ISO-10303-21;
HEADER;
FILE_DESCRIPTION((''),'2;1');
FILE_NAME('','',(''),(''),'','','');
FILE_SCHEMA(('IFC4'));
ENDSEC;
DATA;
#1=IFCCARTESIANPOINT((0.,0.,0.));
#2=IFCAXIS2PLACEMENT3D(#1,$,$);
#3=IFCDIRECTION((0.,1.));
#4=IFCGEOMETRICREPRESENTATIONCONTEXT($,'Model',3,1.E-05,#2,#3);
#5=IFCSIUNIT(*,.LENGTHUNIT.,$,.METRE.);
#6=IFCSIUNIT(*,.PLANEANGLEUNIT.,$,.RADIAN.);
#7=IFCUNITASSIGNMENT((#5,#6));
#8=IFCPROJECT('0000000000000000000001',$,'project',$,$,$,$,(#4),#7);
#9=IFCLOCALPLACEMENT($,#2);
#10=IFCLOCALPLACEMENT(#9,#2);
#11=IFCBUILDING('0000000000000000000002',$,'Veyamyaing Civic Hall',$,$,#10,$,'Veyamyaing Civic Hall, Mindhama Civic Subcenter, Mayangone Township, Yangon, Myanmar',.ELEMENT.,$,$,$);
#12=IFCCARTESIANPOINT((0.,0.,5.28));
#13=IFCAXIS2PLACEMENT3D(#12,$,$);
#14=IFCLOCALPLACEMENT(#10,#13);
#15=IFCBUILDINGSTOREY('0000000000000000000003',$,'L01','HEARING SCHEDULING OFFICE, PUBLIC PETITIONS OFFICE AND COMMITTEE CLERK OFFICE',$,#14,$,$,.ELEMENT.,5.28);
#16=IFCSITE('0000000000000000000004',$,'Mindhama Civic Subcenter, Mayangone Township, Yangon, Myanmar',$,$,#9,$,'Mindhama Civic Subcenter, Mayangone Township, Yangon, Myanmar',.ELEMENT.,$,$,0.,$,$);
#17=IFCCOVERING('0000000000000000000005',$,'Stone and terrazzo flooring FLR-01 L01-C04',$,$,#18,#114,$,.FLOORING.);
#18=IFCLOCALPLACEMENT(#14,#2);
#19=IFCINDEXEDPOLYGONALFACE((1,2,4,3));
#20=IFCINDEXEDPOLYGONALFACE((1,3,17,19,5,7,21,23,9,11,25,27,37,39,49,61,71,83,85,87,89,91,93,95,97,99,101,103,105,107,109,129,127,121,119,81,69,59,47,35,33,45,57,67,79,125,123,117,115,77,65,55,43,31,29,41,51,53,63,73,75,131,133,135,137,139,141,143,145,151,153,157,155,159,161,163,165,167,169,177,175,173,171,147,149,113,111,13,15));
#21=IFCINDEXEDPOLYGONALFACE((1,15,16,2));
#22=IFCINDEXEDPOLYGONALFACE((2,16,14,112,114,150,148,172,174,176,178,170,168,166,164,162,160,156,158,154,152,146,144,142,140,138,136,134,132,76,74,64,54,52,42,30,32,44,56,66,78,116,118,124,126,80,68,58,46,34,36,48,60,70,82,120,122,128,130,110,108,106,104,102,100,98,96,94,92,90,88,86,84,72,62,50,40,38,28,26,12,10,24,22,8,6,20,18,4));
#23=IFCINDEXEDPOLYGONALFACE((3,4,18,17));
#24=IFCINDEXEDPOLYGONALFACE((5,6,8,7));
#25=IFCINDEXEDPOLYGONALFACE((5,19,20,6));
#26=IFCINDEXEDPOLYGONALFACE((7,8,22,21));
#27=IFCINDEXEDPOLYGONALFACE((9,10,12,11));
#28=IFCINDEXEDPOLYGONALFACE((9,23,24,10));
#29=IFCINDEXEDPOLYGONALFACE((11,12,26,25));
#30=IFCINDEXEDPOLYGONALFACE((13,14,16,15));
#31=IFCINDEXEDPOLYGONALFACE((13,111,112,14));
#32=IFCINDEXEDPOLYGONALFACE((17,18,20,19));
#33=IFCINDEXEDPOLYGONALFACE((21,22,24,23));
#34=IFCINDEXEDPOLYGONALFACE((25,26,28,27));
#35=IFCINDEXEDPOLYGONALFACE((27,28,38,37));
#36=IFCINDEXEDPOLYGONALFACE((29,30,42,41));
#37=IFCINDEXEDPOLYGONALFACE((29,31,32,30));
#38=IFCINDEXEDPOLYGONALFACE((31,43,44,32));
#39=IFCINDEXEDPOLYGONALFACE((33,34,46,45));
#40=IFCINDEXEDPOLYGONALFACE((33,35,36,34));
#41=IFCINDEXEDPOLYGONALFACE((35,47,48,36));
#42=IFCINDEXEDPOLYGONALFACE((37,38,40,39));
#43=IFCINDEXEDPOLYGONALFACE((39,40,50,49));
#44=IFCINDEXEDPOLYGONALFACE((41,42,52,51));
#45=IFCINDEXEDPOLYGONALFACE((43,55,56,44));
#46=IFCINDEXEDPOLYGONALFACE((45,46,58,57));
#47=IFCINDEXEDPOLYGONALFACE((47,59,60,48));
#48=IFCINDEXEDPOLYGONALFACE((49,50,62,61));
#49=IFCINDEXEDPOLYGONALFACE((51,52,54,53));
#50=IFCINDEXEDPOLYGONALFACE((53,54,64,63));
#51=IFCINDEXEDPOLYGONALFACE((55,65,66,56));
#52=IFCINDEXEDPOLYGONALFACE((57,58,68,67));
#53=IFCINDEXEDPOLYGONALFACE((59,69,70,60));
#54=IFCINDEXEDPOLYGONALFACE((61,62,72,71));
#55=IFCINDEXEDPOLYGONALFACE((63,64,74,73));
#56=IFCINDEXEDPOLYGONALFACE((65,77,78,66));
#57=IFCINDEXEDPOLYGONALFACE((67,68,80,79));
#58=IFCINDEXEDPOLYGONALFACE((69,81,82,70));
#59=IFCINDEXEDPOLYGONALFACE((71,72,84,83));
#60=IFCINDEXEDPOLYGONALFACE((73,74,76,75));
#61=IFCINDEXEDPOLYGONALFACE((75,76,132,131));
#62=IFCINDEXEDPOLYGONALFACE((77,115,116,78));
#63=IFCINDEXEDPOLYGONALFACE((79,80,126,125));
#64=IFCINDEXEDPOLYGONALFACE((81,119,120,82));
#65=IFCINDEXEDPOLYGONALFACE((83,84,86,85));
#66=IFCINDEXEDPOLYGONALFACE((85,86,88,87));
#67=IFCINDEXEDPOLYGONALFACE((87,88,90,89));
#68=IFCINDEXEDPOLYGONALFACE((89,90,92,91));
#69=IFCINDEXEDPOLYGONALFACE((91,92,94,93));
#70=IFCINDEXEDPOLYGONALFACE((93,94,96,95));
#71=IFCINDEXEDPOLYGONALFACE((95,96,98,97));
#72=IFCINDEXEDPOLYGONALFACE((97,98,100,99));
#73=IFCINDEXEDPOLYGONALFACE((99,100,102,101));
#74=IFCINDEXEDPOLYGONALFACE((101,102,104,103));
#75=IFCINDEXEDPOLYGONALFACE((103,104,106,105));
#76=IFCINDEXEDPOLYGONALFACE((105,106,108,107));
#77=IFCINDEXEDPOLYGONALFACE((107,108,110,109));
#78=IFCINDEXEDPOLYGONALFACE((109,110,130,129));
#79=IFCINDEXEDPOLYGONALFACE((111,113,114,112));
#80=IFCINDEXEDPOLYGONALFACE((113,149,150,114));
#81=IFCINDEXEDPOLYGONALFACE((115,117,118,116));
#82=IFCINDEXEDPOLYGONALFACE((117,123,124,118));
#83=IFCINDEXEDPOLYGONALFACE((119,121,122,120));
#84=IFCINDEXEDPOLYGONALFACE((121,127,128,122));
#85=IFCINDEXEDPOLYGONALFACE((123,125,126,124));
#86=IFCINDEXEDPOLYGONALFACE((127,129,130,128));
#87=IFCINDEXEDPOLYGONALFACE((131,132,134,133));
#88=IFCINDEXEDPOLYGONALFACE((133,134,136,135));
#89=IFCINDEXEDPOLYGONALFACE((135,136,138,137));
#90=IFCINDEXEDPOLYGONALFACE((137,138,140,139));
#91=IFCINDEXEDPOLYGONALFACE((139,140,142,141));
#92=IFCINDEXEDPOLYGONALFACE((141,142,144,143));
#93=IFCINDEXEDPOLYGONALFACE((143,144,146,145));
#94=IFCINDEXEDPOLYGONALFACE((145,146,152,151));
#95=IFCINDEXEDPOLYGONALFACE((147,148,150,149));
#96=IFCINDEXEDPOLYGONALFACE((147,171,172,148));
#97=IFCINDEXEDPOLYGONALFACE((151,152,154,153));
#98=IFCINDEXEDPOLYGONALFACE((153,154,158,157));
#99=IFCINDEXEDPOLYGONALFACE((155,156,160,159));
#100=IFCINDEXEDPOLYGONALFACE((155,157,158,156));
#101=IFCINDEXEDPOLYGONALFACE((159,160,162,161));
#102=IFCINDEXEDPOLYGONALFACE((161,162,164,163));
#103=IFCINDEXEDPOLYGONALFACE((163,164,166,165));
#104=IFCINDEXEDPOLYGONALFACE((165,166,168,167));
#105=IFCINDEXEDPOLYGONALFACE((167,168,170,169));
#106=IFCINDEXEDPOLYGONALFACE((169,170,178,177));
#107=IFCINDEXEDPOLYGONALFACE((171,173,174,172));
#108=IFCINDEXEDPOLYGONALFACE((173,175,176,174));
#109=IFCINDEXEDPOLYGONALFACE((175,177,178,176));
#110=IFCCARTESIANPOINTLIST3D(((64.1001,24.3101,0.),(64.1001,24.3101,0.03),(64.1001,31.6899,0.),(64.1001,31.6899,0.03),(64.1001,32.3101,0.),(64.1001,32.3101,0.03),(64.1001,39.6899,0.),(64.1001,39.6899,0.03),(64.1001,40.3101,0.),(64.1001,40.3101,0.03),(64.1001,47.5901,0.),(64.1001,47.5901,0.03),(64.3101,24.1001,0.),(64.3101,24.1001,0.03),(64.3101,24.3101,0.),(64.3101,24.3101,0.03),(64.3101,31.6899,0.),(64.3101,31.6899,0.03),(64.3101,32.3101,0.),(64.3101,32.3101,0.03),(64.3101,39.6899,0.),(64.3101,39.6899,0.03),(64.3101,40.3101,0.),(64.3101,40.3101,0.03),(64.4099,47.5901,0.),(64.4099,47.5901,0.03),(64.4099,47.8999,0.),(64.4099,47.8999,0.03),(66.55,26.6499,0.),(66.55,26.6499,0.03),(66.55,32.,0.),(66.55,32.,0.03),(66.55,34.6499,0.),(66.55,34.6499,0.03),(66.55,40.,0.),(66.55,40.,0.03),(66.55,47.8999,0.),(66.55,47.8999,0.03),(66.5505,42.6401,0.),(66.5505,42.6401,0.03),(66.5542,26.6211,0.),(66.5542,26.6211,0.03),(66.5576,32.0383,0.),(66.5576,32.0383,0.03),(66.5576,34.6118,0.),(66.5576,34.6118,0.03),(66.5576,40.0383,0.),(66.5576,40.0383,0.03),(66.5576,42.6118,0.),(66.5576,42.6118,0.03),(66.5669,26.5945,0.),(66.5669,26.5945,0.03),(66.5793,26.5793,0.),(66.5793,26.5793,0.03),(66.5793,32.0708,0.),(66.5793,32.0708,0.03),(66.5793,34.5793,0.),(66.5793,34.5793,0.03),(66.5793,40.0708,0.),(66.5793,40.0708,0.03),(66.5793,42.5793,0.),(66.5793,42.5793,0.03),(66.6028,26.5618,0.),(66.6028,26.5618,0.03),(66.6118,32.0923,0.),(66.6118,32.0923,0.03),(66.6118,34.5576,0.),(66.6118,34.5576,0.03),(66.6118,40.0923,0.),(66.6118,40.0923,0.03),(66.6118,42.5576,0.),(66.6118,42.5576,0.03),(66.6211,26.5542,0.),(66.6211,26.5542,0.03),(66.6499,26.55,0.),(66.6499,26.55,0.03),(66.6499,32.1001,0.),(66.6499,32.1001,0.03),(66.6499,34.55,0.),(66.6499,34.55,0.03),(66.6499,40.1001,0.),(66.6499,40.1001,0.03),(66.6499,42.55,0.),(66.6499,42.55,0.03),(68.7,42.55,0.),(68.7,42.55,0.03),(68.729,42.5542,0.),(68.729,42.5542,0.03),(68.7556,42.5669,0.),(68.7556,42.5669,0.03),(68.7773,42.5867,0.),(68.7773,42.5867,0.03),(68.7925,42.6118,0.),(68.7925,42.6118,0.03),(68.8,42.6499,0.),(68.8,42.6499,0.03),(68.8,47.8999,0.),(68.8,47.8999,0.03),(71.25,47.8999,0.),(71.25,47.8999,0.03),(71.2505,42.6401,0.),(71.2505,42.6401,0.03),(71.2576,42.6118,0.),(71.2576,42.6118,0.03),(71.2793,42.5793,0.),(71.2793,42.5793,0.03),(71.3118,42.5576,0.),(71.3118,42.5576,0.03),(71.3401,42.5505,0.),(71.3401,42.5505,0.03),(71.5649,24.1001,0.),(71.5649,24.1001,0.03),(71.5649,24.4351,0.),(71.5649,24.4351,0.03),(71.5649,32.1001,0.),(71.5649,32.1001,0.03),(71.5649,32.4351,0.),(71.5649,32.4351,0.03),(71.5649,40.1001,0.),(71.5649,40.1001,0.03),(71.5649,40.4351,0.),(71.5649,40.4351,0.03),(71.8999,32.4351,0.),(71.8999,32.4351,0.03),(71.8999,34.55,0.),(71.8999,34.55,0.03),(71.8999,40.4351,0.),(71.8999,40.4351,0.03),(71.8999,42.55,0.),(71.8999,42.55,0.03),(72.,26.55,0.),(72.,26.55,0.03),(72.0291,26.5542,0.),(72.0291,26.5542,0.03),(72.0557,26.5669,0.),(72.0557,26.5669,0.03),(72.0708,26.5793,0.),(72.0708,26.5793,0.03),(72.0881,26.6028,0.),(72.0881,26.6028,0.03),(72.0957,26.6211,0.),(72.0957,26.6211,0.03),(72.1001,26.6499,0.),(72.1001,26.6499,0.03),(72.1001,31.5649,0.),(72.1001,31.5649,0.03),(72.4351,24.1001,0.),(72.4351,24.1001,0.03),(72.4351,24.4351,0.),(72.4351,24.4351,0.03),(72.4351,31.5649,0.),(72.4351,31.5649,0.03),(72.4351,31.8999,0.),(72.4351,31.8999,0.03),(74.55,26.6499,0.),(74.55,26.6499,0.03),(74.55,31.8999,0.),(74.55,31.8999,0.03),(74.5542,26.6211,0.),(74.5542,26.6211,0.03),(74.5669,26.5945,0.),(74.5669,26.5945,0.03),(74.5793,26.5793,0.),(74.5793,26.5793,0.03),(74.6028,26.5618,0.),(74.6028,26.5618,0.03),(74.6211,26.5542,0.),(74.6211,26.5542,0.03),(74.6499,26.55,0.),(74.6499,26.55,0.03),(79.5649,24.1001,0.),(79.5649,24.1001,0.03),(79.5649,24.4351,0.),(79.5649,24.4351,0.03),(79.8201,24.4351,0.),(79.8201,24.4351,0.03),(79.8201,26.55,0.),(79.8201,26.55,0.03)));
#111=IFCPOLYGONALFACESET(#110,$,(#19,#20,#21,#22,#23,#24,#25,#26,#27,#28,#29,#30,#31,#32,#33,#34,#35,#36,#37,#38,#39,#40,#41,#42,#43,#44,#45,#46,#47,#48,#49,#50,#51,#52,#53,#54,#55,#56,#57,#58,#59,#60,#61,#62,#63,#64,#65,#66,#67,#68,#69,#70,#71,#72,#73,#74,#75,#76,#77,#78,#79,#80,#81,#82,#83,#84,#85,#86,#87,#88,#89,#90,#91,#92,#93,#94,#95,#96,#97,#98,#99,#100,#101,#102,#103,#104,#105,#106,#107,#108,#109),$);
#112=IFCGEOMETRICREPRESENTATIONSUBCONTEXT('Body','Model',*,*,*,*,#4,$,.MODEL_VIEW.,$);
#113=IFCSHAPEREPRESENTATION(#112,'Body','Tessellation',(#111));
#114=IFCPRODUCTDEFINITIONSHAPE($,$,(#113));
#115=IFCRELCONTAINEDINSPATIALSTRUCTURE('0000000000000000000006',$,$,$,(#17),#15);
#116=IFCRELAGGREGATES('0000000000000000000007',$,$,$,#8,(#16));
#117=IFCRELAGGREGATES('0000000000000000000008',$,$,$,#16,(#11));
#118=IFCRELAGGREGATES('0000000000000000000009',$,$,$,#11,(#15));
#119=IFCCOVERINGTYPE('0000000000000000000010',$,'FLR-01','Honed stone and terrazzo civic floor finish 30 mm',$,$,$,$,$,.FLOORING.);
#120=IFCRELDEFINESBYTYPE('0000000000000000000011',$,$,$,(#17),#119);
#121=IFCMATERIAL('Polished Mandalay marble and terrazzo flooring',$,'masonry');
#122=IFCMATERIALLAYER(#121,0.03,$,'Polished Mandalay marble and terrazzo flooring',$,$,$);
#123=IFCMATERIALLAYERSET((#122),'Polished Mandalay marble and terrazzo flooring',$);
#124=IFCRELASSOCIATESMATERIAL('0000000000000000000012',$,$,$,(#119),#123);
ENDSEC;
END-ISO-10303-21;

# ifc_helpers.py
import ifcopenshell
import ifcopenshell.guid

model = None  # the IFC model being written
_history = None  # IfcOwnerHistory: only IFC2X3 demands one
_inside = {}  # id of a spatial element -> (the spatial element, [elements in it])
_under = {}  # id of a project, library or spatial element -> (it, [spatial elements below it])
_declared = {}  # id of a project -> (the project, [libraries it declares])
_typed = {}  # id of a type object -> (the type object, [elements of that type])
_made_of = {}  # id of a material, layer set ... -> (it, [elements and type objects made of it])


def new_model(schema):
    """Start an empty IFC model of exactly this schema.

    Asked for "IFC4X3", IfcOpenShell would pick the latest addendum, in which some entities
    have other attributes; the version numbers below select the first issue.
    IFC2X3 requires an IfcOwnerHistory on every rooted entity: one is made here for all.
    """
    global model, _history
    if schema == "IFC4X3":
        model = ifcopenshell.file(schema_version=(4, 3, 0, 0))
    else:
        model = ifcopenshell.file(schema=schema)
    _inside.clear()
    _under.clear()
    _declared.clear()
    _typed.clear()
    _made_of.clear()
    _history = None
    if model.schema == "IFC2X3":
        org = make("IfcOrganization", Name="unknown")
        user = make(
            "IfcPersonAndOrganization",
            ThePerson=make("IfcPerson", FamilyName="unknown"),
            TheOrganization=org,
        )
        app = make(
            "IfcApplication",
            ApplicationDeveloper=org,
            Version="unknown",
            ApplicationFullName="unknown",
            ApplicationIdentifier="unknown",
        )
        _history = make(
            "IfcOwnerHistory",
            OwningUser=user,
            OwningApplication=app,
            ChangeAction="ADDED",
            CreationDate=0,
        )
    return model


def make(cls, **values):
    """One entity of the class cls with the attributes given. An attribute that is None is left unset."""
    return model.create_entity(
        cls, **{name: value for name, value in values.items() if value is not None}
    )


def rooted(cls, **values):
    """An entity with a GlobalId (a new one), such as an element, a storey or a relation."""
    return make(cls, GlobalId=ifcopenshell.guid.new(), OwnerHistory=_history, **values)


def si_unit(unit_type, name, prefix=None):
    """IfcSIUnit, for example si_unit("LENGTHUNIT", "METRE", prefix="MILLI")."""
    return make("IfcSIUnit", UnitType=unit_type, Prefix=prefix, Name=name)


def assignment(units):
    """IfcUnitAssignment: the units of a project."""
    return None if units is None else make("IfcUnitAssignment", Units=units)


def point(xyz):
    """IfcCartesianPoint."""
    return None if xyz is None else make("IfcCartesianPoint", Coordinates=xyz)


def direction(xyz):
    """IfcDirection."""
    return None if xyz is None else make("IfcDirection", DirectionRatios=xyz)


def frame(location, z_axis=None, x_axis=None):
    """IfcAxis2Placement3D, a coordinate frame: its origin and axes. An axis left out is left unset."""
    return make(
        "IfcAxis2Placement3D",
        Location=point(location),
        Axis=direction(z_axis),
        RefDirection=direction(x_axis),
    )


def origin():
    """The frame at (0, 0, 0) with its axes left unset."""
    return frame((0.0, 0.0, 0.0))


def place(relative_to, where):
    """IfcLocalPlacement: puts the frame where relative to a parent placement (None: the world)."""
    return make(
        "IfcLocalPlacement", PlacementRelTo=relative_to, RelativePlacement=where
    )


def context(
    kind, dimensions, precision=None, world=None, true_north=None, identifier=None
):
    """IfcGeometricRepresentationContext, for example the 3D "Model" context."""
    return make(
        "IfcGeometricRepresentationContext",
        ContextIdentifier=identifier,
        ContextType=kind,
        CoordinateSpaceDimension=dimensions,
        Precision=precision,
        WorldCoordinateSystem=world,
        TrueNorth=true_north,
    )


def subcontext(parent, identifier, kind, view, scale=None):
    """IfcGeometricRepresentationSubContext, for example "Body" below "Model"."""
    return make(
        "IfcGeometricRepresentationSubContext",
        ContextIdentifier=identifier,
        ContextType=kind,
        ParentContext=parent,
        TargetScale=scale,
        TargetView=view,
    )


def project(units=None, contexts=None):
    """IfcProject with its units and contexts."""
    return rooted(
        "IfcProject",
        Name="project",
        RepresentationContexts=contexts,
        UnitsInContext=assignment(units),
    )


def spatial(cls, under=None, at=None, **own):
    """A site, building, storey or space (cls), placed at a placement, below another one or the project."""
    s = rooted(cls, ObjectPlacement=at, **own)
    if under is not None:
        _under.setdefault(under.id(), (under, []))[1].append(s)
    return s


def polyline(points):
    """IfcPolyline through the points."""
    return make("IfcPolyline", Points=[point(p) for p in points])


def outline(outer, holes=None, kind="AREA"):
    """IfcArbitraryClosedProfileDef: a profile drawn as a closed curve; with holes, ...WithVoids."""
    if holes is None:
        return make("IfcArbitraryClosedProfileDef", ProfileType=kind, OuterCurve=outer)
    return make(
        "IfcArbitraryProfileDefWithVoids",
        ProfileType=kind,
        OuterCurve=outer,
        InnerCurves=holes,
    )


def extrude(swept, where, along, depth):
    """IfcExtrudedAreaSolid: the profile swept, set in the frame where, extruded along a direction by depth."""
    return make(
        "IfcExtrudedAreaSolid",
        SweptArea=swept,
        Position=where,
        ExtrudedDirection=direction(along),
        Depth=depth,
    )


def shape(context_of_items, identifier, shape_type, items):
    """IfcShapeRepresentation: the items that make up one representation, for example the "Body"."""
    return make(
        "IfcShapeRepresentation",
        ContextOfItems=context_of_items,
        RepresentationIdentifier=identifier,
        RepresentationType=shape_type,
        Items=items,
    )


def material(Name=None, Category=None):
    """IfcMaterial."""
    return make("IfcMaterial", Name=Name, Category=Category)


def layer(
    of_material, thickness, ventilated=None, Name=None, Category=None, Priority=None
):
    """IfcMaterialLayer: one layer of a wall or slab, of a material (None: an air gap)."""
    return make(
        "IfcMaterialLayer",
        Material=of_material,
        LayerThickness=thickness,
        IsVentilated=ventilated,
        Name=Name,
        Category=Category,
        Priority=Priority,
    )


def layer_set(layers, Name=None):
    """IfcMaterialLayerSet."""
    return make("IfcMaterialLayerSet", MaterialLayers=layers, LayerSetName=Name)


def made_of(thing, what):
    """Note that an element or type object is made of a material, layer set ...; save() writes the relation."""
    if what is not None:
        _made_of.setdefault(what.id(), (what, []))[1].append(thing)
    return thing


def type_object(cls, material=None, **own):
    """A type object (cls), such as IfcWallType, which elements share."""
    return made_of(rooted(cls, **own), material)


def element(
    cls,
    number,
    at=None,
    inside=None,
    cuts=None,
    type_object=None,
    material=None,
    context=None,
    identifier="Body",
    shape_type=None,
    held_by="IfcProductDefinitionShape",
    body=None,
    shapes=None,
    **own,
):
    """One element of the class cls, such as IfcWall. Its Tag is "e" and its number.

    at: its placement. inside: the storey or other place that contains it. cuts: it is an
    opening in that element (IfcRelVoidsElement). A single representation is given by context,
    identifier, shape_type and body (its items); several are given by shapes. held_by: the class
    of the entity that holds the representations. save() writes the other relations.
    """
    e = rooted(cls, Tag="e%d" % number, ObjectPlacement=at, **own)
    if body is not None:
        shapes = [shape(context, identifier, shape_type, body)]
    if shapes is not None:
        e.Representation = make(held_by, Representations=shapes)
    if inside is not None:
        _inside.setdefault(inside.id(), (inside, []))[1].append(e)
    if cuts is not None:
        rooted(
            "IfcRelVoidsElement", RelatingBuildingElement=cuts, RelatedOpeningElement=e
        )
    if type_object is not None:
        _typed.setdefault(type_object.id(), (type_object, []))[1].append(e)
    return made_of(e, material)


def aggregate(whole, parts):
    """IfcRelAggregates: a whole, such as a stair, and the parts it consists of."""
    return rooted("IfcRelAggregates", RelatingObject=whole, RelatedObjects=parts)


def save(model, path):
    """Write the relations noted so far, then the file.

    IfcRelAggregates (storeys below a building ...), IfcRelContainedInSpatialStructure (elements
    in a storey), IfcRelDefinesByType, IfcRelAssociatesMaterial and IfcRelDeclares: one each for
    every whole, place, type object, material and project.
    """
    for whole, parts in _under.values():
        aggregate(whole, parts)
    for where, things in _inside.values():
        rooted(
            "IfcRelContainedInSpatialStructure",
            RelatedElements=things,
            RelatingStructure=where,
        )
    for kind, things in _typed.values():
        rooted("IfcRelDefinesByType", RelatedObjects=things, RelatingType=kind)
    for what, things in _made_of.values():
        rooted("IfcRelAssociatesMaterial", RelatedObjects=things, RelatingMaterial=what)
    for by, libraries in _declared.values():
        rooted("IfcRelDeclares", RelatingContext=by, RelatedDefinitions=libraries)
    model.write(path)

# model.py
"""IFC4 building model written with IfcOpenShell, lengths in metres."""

from ifc_helpers import new_model, si_unit, direction, frame, origin, place, context, subcontext, project, spatial, polyline, outline, extrude, material, layer, layer_set, type_object, element, save


model = new_model("IFC4")

# Units and contexts
model_context = context("Model", 3, precision=1e-05, world=origin(), true_north=direction((0.0, 1.0)))
body_context = subcontext(model_context, "Body", "Model", "MODEL_VIEW")
ifc_project = project(units=[si_unit("LENGTHUNIT", "METRE"), si_unit("PLANEANGLEUNIT", "RADIAN")], contexts=[model_context])

# Site, building, storey
site_placement = place(None, origin())
site = spatial("IfcSite", under=ifc_project, at=site_placement, Name="Mindhama Civic Subcenter, Mayangone Township, Yangon, Myanmar", LongName="Mindhama Civic Subcenter, Mayangone Township, Yangon, Myanmar", CompositionType="ELEMENT", RefElevation=0.0)
building_placement = place(site_placement, origin())
building = spatial("IfcBuilding", under=site, at=building_placement, Name="Veyamyaing Civic Hall", LongName="Veyamyaing Civic Hall, Mindhama Civic Subcenter, Mayangone Township, Yangon, Myanmar", CompositionType="ELEMENT")
storey_placement = place(building_placement, frame((0.0, 0.0, 5.28)))
storey = spatial("IfcBuildingStorey", under=building, at=storey_placement, Name="L01", Description="HEARING SCHEDULING OFFICE, PUBLIC PETITIONS OFFICE AND COMMITTEE CLERK OFFICE", CompositionType="ELEMENT", Elevation=5.28)

# Covering
ifc_material_1 = material(Name="Polished Mandalay marble and terrazzo flooring", Category="masonry")
ifc_layer_1 = layer(ifc_material_1, 0.03, Name="Polished Mandalay marble and terrazzo flooring")
ifc_layer_set_1 = layer_set([ifc_layer_1], Name="Polished Mandalay marble and terrazzo flooring")
covering_type_1 = type_object("IfcCoveringType", Name="FLR-01", Description="Honed stone and terrazzo civic floor finish 30 mm", PredefinedType="FLOORING", material=ifc_layer_set_1)
covering_1_placement = place(storey_placement, origin())
element("IfcCovering", 1, at=covering_1_placement, inside=storey, type_object=covering_type_1, Name="Stone and terrazzo flooring FLR-01 L01-C04", PredefinedType="FLOORING", context=body_context, shape_type="SweptSolid", body=[
    extrude(outline(polyline([(66.5576, 42.6118), (66.5793, 42.5793), (66.6118, 42.5576), (66.6499, 42.55), (68.7, 42.55), (68.729, 42.5542), (68.7556, 42.5669), (68.7773, 42.5867), (68.7925, 42.6118), (68.8, 42.6499), (68.8, 47.8999), (71.25, 47.8999), (71.2505, 42.6401), (71.2576, 42.6118), (71.2793, 42.5793), (71.3118, 42.5576), (71.3401, 42.5505), (71.8999, 42.55), (71.8999, 40.4351), (71.5649, 40.4351), (71.5649, 40.1001), (66.6499, 40.1001), (66.6118, 40.0923), (66.5793, 40.0708), (66.5576, 40.0383), (66.55, 40.0), (66.55, 34.6499), (66.5576, 34.6118), (66.5793, 34.5793), (66.6118, 34.5576), (66.6499, 34.55), (71.8999, 34.55), (71.8999, 32.4351), (71.5649, 32.4351), (71.5649, 32.1001), (66.6499, 32.1001), (66.6118, 32.0923), (66.5793, 32.0708), (66.5576, 32.0383), (66.55, 32.0), (66.55, 26.6499), (66.5542, 26.6211), (66.5669, 26.5945), (66.5793, 26.5793), (66.6028, 26.5618), (66.6211, 26.5542), (66.6499, 26.55), (72.0, 26.55), (72.0291, 26.5542), (72.0557, 26.5669), (72.0708, 26.5793), (72.0881, 26.6028), (72.0957, 26.6211), (72.1001, 26.6499), (72.1001, 31.5649), (72.4351, 31.5649), (72.4351, 31.8999), (74.55, 31.8999), (74.55, 26.6499), (74.5542, 26.6211), (74.5669, 26.5945), (74.5793, 26.5793), (74.6028, 26.5618), (74.6211, 26.5542), (74.6499, 26.55), (79.8201, 26.55), (79.8201, 24.4351), (79.5649, 24.4351), (79.5649, 24.1001), (72.4351, 24.1001), (72.4351, 24.4351), (71.5649, 24.4351), (71.5649, 24.1001), (64.3101, 24.1001), (64.3101, 24.3101), (64.1001, 24.3101), (64.1001, 31.6899), (64.3101, 31.6899), (64.3101, 32.3101), (64.1001, 32.3101), (64.1001, 39.6899), (64.3101, 39.6899), (64.3101, 40.3101), (64.1001, 40.3101), (64.1001, 47.5901), (64.4099, 47.5901), (64.4099, 47.8999), (66.55, 47.8999), (66.5505, 42.6401), (66.5576, 42.6118)])), origin(), (0.0, 0.0, 1.0), 0.03),
])

save(model, "model.ifc")
